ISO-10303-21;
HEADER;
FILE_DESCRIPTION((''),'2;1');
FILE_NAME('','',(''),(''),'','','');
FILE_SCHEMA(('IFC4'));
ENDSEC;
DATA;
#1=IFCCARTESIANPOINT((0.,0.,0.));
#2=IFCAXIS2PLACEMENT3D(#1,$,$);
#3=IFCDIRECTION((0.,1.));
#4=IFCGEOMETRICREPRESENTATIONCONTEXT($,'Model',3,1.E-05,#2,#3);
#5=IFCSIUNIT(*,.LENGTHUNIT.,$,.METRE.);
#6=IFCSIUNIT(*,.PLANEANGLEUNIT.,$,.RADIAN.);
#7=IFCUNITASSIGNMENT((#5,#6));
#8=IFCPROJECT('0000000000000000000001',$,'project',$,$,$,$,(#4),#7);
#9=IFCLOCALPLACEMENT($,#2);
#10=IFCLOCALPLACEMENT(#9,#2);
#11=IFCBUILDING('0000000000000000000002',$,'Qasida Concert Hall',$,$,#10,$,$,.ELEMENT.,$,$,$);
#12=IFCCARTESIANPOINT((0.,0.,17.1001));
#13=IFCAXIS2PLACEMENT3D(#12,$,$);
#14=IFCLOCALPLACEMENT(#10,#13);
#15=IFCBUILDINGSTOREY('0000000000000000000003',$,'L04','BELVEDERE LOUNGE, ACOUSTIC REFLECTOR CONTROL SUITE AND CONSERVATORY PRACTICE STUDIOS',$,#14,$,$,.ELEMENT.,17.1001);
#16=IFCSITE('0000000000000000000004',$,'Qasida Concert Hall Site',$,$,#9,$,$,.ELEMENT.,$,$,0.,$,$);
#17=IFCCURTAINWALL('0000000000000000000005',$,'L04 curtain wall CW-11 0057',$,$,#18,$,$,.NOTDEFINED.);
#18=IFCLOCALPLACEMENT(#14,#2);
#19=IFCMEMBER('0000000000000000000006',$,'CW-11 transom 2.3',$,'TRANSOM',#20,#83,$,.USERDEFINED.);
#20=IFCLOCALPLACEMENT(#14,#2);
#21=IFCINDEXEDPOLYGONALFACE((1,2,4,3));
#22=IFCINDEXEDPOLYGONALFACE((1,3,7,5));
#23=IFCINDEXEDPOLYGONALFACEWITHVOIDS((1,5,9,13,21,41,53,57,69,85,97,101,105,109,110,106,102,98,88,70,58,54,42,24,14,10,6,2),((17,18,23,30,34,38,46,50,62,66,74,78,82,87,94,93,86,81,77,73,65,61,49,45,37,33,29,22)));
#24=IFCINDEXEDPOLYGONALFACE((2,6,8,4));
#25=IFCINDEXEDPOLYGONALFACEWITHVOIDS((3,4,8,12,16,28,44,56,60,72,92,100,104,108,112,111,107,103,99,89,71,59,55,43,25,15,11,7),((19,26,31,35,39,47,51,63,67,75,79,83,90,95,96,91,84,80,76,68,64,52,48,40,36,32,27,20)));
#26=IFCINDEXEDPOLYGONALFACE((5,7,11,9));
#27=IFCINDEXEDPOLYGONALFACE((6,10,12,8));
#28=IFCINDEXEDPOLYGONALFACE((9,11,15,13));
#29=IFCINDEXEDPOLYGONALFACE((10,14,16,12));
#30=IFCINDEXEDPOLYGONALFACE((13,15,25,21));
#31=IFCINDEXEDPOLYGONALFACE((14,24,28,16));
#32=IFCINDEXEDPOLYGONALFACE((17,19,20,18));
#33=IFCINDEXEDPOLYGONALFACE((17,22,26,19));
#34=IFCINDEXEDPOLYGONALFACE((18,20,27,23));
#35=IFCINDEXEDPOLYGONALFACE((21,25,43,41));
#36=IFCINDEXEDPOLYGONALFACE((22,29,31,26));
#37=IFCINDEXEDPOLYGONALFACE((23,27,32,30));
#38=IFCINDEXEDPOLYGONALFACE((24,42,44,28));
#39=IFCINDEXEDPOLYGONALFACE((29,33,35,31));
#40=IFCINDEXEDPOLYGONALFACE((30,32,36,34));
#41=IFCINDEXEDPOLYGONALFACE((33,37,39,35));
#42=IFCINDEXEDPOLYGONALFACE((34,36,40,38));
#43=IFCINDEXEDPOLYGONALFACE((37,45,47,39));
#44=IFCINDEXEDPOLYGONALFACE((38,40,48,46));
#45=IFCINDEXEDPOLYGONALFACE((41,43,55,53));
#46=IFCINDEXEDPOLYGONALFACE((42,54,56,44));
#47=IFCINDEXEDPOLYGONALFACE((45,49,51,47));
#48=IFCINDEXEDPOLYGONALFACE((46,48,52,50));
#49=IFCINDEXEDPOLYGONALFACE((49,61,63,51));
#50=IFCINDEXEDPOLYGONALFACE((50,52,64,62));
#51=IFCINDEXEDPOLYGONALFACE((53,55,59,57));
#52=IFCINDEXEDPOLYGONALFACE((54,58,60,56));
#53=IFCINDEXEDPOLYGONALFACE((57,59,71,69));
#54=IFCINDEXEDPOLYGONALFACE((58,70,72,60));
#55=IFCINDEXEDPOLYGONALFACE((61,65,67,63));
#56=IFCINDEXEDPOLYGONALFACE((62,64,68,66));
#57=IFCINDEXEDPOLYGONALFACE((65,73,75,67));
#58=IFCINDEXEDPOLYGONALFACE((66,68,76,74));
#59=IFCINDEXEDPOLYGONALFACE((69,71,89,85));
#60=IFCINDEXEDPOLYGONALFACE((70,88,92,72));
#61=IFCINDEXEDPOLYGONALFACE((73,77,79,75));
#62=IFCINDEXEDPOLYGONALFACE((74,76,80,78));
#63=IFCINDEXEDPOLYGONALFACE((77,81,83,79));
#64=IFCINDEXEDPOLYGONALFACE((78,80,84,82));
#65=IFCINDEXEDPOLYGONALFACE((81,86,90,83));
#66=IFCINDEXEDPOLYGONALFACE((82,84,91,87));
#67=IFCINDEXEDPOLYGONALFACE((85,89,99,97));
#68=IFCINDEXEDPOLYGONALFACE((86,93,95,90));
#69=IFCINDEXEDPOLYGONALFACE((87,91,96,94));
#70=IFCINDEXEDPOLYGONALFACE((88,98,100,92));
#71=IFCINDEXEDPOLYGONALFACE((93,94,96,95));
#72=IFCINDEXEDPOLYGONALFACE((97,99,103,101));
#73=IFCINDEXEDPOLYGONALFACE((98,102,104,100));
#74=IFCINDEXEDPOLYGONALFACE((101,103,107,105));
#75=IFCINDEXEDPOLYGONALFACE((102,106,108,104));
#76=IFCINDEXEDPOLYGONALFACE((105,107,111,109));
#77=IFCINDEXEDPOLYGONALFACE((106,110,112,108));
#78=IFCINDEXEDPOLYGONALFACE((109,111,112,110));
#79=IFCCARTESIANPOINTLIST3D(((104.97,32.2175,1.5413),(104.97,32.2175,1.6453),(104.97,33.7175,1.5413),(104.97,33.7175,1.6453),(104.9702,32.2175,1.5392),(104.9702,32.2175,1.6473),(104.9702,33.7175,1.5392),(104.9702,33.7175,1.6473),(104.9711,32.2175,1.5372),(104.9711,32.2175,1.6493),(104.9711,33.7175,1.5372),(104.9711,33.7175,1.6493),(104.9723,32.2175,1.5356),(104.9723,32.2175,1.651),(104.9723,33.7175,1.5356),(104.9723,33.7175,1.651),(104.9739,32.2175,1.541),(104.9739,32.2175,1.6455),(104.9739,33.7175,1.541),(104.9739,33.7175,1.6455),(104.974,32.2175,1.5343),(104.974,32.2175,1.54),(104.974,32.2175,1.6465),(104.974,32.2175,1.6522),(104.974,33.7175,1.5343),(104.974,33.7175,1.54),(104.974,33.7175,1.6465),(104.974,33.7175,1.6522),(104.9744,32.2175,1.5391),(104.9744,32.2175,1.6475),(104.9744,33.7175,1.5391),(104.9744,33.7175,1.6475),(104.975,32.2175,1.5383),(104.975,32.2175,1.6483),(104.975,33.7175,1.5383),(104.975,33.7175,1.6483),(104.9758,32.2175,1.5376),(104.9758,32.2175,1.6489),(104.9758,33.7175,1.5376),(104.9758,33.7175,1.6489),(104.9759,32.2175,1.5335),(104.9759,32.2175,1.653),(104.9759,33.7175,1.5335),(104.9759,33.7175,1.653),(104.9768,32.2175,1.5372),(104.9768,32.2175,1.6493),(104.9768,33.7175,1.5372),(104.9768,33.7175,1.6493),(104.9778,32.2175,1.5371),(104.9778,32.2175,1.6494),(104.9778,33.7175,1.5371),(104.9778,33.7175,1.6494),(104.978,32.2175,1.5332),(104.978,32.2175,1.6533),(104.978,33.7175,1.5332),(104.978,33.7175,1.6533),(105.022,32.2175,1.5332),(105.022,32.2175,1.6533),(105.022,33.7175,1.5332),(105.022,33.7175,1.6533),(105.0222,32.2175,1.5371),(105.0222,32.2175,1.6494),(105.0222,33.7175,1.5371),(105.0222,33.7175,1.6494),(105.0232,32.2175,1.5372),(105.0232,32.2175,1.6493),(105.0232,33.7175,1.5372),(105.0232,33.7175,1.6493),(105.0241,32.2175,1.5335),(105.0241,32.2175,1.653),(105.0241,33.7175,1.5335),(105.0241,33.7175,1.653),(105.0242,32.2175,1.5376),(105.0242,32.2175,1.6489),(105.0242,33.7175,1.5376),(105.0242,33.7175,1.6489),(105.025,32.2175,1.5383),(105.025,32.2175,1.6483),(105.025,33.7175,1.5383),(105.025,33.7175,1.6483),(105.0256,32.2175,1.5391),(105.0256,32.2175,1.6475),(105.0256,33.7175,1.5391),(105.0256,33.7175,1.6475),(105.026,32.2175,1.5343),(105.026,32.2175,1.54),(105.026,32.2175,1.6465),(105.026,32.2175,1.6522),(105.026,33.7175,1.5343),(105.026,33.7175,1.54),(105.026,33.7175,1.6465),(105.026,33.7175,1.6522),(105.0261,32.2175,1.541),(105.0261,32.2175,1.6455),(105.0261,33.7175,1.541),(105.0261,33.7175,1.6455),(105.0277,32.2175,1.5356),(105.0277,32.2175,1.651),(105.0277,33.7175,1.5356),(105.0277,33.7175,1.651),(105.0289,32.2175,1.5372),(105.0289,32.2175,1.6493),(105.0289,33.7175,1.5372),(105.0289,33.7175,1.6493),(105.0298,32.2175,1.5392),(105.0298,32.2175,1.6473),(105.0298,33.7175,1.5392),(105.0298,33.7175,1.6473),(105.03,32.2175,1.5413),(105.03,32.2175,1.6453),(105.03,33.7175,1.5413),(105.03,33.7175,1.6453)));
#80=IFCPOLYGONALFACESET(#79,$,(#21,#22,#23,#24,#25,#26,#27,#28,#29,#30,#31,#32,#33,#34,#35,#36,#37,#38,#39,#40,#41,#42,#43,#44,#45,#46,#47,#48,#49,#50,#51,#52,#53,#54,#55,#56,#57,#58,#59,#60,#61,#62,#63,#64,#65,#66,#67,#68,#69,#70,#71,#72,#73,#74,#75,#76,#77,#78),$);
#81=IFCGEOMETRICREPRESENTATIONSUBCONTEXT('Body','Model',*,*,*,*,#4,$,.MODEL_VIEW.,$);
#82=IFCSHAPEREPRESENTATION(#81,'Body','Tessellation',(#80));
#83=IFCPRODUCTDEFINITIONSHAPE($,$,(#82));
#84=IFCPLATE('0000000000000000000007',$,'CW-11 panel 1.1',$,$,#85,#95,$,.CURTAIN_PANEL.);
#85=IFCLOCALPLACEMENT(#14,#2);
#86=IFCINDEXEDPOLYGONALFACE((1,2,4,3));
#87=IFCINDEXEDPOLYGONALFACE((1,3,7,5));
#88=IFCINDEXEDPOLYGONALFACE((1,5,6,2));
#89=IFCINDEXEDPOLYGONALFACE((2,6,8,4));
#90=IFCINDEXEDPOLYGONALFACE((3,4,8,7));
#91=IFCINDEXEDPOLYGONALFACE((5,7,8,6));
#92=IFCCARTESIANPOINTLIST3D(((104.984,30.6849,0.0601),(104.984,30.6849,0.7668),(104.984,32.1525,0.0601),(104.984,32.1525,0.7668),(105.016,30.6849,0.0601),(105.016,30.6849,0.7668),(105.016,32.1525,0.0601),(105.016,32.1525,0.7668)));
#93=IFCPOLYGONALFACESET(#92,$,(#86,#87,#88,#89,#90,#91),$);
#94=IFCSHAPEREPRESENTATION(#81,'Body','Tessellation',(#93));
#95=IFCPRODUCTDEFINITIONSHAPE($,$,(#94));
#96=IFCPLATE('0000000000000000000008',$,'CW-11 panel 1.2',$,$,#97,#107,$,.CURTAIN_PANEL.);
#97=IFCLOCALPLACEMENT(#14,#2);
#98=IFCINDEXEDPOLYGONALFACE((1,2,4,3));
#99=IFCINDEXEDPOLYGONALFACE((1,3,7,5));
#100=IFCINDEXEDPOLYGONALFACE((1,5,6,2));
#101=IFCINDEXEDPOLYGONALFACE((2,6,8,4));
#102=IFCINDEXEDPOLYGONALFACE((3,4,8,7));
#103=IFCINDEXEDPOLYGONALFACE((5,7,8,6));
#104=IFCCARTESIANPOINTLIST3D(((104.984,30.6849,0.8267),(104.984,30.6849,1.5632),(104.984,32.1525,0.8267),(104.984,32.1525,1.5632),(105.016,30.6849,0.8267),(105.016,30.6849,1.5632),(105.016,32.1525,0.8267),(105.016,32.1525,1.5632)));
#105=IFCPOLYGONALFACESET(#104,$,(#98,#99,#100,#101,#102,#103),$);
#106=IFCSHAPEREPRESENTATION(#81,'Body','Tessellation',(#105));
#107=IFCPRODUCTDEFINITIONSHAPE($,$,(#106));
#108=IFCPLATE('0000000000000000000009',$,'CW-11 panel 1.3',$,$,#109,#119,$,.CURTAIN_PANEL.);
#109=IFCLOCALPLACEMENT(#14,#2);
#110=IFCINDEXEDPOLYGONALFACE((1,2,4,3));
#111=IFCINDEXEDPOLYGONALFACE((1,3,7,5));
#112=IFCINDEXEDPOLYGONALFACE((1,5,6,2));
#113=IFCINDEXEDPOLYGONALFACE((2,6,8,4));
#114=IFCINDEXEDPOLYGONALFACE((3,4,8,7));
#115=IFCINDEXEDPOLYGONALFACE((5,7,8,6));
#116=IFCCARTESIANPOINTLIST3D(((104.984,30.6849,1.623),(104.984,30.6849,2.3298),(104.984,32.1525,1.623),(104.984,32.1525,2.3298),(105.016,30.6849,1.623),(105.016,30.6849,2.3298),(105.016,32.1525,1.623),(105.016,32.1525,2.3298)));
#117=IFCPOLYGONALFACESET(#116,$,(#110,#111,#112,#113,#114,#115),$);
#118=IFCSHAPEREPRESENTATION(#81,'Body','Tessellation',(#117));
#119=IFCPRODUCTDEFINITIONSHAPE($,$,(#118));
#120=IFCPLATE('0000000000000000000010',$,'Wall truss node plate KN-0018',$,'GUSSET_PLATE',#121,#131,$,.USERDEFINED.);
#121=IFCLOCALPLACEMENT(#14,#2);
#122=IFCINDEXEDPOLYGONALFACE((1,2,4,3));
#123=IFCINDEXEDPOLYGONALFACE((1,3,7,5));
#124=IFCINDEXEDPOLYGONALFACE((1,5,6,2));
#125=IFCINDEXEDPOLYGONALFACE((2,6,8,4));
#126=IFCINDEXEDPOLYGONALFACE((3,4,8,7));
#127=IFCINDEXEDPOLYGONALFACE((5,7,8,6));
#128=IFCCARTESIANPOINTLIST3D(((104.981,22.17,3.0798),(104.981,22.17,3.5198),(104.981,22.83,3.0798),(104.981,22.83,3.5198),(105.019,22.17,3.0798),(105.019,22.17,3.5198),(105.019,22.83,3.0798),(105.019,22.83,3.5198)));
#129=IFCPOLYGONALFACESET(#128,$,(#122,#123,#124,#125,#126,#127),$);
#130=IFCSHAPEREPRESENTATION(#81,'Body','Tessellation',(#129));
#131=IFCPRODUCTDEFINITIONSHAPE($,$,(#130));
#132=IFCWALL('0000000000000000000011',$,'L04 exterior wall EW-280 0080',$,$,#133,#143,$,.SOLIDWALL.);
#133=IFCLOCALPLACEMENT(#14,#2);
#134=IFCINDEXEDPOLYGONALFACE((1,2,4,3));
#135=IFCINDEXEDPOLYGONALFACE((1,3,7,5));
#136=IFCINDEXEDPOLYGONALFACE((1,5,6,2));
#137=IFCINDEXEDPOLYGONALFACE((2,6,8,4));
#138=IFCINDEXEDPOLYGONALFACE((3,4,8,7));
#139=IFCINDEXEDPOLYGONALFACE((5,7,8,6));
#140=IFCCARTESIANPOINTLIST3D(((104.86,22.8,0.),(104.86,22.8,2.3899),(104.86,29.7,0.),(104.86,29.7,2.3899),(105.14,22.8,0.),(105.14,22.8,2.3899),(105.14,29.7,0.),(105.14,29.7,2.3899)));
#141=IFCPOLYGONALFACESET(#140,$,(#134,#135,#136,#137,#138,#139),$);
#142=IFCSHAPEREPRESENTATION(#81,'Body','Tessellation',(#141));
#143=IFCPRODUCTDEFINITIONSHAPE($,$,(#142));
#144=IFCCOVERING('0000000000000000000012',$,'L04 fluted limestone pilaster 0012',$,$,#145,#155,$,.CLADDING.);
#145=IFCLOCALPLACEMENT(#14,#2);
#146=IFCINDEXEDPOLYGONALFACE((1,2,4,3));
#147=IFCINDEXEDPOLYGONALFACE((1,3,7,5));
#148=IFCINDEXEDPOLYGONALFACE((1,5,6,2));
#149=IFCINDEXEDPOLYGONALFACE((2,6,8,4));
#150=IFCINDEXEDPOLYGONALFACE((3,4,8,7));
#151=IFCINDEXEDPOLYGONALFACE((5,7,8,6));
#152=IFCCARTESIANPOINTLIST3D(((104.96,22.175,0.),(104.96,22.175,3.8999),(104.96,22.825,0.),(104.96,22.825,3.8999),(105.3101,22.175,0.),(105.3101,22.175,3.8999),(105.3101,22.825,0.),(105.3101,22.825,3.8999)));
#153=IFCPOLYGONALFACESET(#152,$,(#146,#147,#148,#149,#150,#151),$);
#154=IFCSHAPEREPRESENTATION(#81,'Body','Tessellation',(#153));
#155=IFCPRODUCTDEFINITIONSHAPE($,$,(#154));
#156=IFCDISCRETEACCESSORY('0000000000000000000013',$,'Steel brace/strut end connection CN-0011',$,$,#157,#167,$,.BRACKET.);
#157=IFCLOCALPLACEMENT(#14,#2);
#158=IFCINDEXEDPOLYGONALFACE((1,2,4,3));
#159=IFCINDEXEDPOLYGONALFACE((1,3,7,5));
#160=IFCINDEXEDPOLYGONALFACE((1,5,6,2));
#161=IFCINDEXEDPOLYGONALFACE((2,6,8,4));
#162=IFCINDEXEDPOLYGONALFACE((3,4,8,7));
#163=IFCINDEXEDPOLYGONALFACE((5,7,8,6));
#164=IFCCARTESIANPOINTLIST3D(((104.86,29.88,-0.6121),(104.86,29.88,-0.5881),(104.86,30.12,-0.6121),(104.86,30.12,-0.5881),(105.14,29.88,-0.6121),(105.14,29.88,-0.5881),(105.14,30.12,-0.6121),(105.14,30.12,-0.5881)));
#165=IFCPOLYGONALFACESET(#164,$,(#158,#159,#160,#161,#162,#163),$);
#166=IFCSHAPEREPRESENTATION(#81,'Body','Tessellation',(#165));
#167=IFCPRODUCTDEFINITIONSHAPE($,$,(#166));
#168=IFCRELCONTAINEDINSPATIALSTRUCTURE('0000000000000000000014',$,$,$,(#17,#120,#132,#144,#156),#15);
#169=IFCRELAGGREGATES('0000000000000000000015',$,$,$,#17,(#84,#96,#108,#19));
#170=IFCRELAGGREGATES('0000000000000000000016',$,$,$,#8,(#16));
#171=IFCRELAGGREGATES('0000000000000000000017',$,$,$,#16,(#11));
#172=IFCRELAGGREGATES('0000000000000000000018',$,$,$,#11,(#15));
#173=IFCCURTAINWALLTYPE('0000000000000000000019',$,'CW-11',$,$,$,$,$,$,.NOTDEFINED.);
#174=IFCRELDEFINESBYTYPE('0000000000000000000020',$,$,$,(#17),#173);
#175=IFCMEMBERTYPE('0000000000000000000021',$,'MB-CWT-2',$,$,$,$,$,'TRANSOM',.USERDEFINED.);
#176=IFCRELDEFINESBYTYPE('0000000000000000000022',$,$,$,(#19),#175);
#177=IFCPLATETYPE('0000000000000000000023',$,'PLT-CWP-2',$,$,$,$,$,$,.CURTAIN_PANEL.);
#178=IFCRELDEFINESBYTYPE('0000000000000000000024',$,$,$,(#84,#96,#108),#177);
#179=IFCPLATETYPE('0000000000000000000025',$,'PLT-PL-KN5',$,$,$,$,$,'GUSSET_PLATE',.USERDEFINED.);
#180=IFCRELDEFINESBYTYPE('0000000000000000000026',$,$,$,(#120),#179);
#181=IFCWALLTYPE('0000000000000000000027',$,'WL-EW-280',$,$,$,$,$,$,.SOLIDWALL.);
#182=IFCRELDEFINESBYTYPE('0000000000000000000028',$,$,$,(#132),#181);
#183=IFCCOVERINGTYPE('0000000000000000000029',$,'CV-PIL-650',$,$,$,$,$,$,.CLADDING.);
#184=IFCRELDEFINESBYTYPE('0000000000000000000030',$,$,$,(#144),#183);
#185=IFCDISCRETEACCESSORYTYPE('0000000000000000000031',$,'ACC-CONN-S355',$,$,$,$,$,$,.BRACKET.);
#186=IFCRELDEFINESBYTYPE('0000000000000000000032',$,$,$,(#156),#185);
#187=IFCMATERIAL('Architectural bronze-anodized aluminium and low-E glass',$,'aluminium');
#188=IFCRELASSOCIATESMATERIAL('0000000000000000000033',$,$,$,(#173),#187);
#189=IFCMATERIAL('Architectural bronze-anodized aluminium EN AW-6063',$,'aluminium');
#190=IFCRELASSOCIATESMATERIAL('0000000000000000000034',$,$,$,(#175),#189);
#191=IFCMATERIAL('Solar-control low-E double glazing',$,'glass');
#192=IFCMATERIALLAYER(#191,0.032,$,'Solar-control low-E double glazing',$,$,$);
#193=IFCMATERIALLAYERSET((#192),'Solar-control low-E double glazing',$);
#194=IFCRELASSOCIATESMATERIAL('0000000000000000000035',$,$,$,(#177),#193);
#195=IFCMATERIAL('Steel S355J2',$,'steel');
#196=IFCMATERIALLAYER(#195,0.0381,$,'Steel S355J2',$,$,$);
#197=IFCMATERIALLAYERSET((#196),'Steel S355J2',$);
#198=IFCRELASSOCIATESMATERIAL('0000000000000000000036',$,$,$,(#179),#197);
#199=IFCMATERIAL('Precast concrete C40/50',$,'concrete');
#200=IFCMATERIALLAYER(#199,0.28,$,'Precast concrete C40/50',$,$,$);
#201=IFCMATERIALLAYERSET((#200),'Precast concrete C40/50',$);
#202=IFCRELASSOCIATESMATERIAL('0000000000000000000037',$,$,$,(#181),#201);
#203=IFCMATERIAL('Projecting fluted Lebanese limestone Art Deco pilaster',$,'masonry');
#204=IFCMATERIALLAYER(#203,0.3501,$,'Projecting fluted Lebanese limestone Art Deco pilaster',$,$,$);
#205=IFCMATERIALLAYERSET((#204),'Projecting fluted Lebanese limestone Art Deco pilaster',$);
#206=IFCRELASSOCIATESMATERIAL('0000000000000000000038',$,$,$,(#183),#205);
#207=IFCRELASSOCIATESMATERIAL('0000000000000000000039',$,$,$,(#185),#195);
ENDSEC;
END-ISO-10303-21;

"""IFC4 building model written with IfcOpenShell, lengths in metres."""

from ifc_helpers import new_model, si_unit, direction, frame, frame_2d, origin, origin_2d, place, context, subcontext, project, spatial, rectangle, hollow_rectangle, extrude, material, layer, layer_set, material_profile, profile_set, type_object, element, aggregate, save


model = new_model("IFC4")

# Units and contexts
model_context = context("Model", 3, precision=1e-05, world=origin(), true_north=direction((0.0, 1.0)))
body_context = subcontext(model_context, "Body", "Model", "MODEL_VIEW")
ifc_project = project(units=[si_unit("LENGTHUNIT", "METRE"), si_unit("PLANEANGLEUNIT", "RADIAN")], contexts=[model_context])

# Site, building, storey
site_placement = place(None, origin())
site = spatial("IfcSite", under=ifc_project, at=site_placement, Name="Qasida Concert Hall Site", CompositionType="ELEMENT", RefElevation=0.0)
building_placement = place(site_placement, origin())
building = spatial("IfcBuilding", under=site, at=building_placement, Name="Qasida Concert Hall", CompositionType="ELEMENT")
storey_placement = place(building_placement, frame((0.0, 0.0, 17.1001)))
storey = spatial("IfcBuildingStorey", under=building, at=storey_placement, Name="L04", Description="BELVEDERE LOUNGE, ACOUSTIC REFLECTOR CONTROL SUITE AND CONSERVATORY PRACTICE STUDIOS", CompositionType="ELEMENT", Elevation=17.1001)

# Shared definitions
ifc_material_1 = material(Name="Steel S355J2", Category="steel")

# Curtain wall, member, plates
ifc_material_2 = material(Name="Architectural bronze-anodized aluminium and low-E glass", Category="aluminium")
curtain_wall_type = type_object("IfcCurtainWallType", Name="CW-11", PredefinedType="NOTDEFINED", material=ifc_material_2)
curtain_wall_placement = place(storey_placement, origin())
curtain_wall = element("IfcCurtainWall", 1, at=curtain_wall_placement, inside=storey, type_object=curtain_wall_type, Name="L04 curtain wall CW-11 0057", PredefinedType="NOTDEFINED")
ifc_material_3 = material(Name="Architectural bronze-anodized aluminium EN AW-6063", Category="aluminium")
ifc_material_profile_1 = material_profile(ifc_material_3, hollow_rectangle(XDim=0.0601, YDim=0.1201, WallThickness=0.0039, InnerFilletRadius=0.0039, OuterFilletRadius=0.0081, at=origin_2d()), Name="CWT 120x60x4")
ifc_profile_set_1 = profile_set([ifc_material_profile_1], Name="Architectural bronze-anodized aluminium EN AW-6063")
member_type_1 = type_object("IfcMemberType", Name="MB-CWT-2", ElementType="TRANSOM", PredefinedType="USERDEFINED", material=ifc_profile_set_1)
member_1_placement = place(storey_placement, frame((105.0, 32.2175, 1.5933), z_axis=(0.0, 1.0, 0.0), x_axis=(-1.0, 0.0, 0.0)))
member_1 = element("IfcMember", 2, at=member_1_placement, type_object=member_type_1, Name="CW-11 transom 2.3", ObjectType="TRANSOM", PredefinedType="USERDEFINED", context=body_context, shape_type="SweptSolid", body=[
    extrude(hollow_rectangle(XDim=0.0601, YDim=0.1201, WallThickness=0.0039, InnerFilletRadius=0.0039, OuterFilletRadius=0.0081, at=origin_2d()), origin(), (0.0, 0.0, 1.0), 1.5),
])
ifc_material_4 = material(Name="Solar-control low-E double glazing", Category="glass")
ifc_layer_1 = layer(ifc_material_4, 0.032, Name="Solar-control low-E double glazing")
ifc_layer_set_1 = layer_set([ifc_layer_1], Name="Solar-control low-E double glazing")
plate_type_1 = type_object("IfcPlateType", Name="PLT-CWP-2", PredefinedType="CURTAIN_PANEL", material=ifc_layer_set_1)
plate_1_placement = place(storey_placement, frame((105.0, 31.4187, 0.0601), z_axis=(0.0, 0.0, 1.0), x_axis=(0.0, 1.0, 0.0)))
plate_1 = element("IfcPlate", 3, at=plate_1_placement, type_object=plate_type_1, Name="CW-11 panel 1.1", PredefinedType="CURTAIN_PANEL", context=body_context, shape_type="SweptSolid", body=[
    extrude(rectangle(XDim=1.4675, YDim=0.032, at=origin_2d()), origin(), (0.0, 0.0, 1.0), 0.7068),
])
plate_2_placement = place(storey_placement, frame((105.0, 31.4187, 0.8267), z_axis=(0.0, 0.0, 1.0), x_axis=(0.0, 1.0, 0.0)))
plate_2 = element("IfcPlate", 4, at=plate_2_placement, type_object=plate_type_1, Name="CW-11 panel 1.2", PredefinedType="CURTAIN_PANEL", context=body_context, shape_type="SweptSolid", body=[
    extrude(rectangle(XDim=1.4675, YDim=0.032, at=origin_2d()), origin(), (0.0, 0.0, 1.0), 0.7366),
])
plate_3_placement = place(storey_placement, frame((105.0, 31.4187, 1.623), z_axis=(0.0, 0.0, 1.0), x_axis=(0.0, 1.0, 0.0)))
plate_3 = element("IfcPlate", 5, at=plate_3_placement, type_object=plate_type_1, Name="CW-11 panel 1.3", PredefinedType="CURTAIN_PANEL", context=body_context, shape_type="SweptSolid", body=[
    extrude(rectangle(XDim=1.4675, YDim=0.032, at=origin_2d()), origin(), (0.0, 0.0, 1.0), 0.7068),
])
aggregate(curtain_wall, [plate_1, plate_2, plate_3, member_1])

# Plate
ifc_layer_2 = layer(ifc_material_1, 0.0381, Name="Steel S355J2")
ifc_layer_set_2 = layer_set([ifc_layer_2], Name="Steel S355J2")
plate_type_2 = type_object("IfcPlateType", Name="PLT-PL-KN5", ElementType="GUSSET_PLATE", PredefinedType="USERDEFINED", material=ifc_layer_set_2)
plate_4_placement = place(storey_placement, frame((105.0, 22.5, 3.0798), z_axis=(0.0, 0.0, 1.0), x_axis=(1.0, 0.0, 0.0)))
element("IfcPlate", 6, at=plate_4_placement, inside=storey, type_object=plate_type_2, Name="Wall truss node plate KN-0018", ObjectType="GUSSET_PLATE", PredefinedType="USERDEFINED", context=body_context, shape_type="SweptSolid", body=[
    extrude(rectangle(XDim=0.0381, YDim=0.6599, at=origin_2d()), origin(), (0.0, 0.0, 1.0), 0.4399),
])

# Wall
ifc_material_5 = material(Name="Precast concrete C40/50", Category="concrete")
ifc_layer_3 = layer(ifc_material_5, 0.28, Name="Precast concrete C40/50")
ifc_layer_set_3 = layer_set([ifc_layer_3], Name="Precast concrete C40/50")
wall_type = type_object("IfcWallType", Name="WL-EW-280", PredefinedType="SOLIDWALL", material=ifc_layer_set_3)
wall_placement = place(storey_placement, frame((105.0, 22.8, 0.0), z_axis=(0.0, 0.0, 1.0), x_axis=(0.0, 1.0, 0.0)))
element("IfcWall", 7, at=wall_placement, inside=storey, type_object=wall_type, Name="L04 exterior wall EW-280 0080", PredefinedType="SOLIDWALL", context=body_context, shape_type="SweptSolid", body=[
    extrude(rectangle(XDim=6.8999, YDim=0.28, at=frame_2d((3.45, 0.0))), origin(), (0.0, 0.0, 1.0), 2.3899),
])

# Covering
ifc_material_6 = material(Name="Projecting fluted Lebanese limestone Art Deco pilaster", Category="masonry")
ifc_layer_4 = layer(ifc_material_6, 0.3501, Name="Projecting fluted Lebanese limestone Art Deco pilaster")
ifc_layer_set_4 = layer_set([ifc_layer_4], Name="Projecting fluted Lebanese limestone Art Deco pilaster")
covering_type = type_object("IfcCoveringType", Name="CV-PIL-650", PredefinedType="CLADDING", material=ifc_layer_set_4)
covering_placement = place(storey_placement, frame((105.135, 22.5, 0.0), z_axis=(0.0, 0.0, 1.0), x_axis=(1.0, 0.0, 0.0)))
element("IfcCovering", 8, at=covering_placement, inside=storey, type_object=covering_type, Name="L04 fluted limestone pilaster 0012", PredefinedType="CLADDING", context=body_context, shape_type="SweptSolid", body=[
    extrude(rectangle(XDim=0.3501, YDim=0.6499, at=origin_2d()), origin(), (0.0, 0.0, 1.0), 3.8999),
])

# Discrete accessory
discrete_accessory_type = type_object("IfcDiscreteAccessoryType", Name="ACC-CONN-S355", PredefinedType="BRACKET", material=ifc_material_1)
discrete_accessory_placement = place(storey_placement, frame((105.0, 30.0, -0.6121), z_axis=(0.0, 0.0, 1.0), x_axis=(1.0, 0.0, 0.0)))
element("IfcDiscreteAccessory", 9, at=discrete_accessory_placement, inside=storey, type_object=discrete_accessory_type, Name="Steel brace/strut end connection CN-0011", PredefinedType="BRACKET", context=body_context, shape_type="SweptSolid", body=[
    extrude(rectangle(XDim=0.28, YDim=0.24, at=origin_2d()), origin(), (0.0, 0.0, 1.0), 0.0239),
])

save(model, "model.ifc")
